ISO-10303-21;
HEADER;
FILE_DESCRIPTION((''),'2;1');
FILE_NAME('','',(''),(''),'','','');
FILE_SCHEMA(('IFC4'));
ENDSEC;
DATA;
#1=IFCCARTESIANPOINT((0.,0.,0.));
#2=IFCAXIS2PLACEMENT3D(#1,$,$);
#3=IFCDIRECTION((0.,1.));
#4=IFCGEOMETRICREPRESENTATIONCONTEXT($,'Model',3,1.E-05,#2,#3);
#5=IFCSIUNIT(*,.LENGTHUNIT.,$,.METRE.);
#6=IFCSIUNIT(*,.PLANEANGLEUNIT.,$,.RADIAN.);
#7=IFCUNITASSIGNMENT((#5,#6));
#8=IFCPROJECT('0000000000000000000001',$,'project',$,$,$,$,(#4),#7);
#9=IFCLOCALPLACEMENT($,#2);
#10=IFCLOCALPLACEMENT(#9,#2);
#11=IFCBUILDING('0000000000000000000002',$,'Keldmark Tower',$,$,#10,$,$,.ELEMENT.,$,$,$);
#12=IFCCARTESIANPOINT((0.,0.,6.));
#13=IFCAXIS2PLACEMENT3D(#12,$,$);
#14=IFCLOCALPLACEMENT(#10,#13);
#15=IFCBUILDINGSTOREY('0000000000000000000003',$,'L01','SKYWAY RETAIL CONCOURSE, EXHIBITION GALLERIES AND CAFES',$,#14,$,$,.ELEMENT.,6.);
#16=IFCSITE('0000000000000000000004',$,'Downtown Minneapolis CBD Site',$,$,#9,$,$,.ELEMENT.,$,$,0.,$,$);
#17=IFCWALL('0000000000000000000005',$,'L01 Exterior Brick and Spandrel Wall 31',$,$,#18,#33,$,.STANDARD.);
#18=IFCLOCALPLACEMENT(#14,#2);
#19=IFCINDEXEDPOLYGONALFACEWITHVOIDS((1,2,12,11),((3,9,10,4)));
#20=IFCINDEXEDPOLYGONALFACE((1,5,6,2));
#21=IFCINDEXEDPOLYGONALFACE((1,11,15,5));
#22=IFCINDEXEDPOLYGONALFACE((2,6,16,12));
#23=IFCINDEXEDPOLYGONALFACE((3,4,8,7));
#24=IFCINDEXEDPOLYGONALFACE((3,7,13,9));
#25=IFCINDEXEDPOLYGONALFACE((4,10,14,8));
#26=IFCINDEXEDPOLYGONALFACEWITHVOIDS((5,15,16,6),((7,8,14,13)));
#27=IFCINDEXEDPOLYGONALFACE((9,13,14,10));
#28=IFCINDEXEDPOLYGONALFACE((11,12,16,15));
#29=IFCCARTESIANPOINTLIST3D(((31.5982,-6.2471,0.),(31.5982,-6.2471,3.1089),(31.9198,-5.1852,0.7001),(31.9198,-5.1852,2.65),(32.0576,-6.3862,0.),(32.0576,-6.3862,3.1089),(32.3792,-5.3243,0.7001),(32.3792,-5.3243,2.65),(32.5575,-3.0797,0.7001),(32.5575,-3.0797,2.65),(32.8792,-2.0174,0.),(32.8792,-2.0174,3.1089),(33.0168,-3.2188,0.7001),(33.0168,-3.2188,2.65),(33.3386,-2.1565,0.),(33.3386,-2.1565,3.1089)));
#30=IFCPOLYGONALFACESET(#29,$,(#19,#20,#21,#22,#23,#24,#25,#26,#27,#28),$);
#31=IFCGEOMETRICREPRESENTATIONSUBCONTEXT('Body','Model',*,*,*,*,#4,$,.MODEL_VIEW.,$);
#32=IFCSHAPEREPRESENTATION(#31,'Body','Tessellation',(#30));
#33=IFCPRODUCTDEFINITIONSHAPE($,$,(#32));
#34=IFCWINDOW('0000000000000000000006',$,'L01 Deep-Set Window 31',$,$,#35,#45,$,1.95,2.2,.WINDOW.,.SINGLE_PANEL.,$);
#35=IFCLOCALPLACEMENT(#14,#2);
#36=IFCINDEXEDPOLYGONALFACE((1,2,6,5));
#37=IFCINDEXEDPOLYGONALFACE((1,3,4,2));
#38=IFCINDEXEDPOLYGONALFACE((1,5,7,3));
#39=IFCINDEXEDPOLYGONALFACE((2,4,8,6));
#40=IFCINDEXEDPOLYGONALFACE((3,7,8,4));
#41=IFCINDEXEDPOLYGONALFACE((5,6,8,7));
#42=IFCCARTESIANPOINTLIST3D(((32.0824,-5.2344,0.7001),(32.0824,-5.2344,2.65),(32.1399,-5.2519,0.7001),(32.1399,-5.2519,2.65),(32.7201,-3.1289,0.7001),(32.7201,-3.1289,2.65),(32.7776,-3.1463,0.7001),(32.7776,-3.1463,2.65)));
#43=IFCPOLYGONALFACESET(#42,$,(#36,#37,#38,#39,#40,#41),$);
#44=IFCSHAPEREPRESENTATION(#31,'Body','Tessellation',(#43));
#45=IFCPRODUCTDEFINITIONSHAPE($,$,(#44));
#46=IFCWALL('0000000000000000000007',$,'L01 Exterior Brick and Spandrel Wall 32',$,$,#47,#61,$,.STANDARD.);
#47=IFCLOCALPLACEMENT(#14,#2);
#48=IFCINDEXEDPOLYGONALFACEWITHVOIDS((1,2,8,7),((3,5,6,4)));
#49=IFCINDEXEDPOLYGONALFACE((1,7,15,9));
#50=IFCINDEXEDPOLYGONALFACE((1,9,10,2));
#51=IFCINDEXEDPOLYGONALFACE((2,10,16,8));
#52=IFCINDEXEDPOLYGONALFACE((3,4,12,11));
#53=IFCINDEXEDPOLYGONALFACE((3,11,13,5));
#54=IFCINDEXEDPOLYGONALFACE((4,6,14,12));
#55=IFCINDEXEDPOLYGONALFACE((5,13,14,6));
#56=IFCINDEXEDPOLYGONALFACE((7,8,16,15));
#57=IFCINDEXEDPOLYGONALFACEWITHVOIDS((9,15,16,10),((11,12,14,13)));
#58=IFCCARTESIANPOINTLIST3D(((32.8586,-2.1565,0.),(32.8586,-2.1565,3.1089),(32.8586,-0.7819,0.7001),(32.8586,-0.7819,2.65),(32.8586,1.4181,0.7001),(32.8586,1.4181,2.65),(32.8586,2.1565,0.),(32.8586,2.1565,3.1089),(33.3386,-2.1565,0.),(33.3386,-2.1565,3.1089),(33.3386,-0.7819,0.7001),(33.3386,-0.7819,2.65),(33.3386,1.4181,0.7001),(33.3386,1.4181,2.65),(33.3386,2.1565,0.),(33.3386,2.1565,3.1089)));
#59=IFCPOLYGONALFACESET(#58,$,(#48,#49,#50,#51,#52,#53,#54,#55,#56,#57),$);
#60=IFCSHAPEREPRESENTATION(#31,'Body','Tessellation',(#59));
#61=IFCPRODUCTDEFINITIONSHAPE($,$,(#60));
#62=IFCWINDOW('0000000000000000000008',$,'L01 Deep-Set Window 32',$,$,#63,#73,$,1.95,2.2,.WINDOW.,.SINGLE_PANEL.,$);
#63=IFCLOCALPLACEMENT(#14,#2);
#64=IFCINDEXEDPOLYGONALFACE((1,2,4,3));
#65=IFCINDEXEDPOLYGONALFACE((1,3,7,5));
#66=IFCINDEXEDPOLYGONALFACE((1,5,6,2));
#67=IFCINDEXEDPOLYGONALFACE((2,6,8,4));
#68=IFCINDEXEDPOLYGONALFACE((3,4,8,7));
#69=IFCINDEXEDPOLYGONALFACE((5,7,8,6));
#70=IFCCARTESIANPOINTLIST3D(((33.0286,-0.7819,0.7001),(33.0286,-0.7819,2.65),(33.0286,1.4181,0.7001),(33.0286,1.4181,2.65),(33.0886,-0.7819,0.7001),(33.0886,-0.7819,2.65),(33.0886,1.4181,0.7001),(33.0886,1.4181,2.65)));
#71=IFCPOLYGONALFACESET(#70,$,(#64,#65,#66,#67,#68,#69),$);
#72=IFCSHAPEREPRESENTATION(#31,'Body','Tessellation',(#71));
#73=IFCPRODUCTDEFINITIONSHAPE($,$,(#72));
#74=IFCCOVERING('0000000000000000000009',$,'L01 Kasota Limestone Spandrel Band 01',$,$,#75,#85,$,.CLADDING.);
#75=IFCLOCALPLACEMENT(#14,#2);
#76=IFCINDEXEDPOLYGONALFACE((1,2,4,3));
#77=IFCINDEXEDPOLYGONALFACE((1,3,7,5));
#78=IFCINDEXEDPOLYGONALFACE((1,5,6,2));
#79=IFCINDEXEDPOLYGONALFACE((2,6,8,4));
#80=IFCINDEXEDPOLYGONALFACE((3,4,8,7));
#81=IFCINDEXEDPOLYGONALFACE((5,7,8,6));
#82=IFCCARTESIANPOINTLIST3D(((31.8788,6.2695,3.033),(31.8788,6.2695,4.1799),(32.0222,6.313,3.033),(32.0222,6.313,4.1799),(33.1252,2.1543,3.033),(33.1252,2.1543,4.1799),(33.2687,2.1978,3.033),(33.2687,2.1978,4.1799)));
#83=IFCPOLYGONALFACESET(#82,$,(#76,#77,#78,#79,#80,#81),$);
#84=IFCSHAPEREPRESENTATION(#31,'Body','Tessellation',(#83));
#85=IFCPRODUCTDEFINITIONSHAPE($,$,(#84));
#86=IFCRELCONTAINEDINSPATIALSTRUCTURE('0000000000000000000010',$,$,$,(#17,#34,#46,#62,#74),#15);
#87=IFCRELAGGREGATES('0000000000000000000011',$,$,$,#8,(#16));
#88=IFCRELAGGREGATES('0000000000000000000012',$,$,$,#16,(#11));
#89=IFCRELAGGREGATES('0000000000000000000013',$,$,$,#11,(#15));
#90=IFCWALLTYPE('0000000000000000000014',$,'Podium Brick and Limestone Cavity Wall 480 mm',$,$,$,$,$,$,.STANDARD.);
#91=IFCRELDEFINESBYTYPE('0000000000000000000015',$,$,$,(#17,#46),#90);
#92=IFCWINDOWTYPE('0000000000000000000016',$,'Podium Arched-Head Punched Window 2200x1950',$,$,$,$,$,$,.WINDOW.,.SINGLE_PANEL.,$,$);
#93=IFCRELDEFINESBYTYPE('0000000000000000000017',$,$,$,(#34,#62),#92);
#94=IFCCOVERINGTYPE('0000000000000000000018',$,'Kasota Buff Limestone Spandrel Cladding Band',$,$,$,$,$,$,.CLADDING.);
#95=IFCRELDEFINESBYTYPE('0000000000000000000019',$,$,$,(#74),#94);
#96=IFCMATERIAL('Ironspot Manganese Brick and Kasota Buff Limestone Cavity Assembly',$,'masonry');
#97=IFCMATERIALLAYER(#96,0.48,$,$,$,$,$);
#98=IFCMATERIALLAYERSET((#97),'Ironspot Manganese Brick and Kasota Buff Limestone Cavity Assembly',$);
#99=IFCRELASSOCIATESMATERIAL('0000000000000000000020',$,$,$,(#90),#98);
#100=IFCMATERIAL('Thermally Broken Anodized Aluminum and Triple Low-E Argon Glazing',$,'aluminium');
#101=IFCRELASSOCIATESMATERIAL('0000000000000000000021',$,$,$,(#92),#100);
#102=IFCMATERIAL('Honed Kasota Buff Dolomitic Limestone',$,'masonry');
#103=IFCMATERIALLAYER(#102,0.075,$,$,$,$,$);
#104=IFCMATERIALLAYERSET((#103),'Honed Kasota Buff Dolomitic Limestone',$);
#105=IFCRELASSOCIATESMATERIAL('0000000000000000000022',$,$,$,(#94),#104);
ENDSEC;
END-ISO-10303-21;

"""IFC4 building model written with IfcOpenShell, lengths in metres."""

from ifc_helpers import new_model, si_unit, direction, frame, frame_2d, origin, origin_2d, place, context, subcontext, project, spatial, rectangle, extrude, material, layer, layer_set, type_object, element, fill, save


model = new_model("IFC4")

# Units and contexts
model_context = context("Model", 3, precision=1e-05, world=origin(), true_north=direction((0.0, 1.0)))
body_context = subcontext(model_context, "Body", "Model", "MODEL_VIEW")
ifc_project = project(units=[si_unit("LENGTHUNIT", "METRE"), si_unit("PLANEANGLEUNIT", "RADIAN")], contexts=[model_context])

# Site, building, storey
site_placement = place(None, origin())
site = spatial("IfcSite", under=ifc_project, at=site_placement, Name="Downtown Minneapolis CBD Site", CompositionType="ELEMENT", RefElevation=0.0)
building_placement = place(site_placement, origin())
building = spatial("IfcBuilding", under=site, at=building_placement, Name="Keldmark Tower", CompositionType="ELEMENT")
storey_placement = place(building_placement, frame((0.0, 0.0, 6.0)))
storey = spatial("IfcBuildingStorey", under=building, at=storey_placement, Name="L01", Description="SKYWAY RETAIL CONCOURSE, EXHIBITION GALLERIES AND CAFES", CompositionType="ELEMENT", Elevation=6.0)

# Walls, openings, windows
ifc_material_1 = material(Name="Ironspot Manganese Brick and Kasota Buff Limestone Cavity Assembly", Category="masonry")
ifc_layer_1 = layer(ifc_material_1, 0.48)
ifc_layer_set_1 = layer_set([ifc_layer_1], Name="Ironspot Manganese Brick and Kasota Buff Limestone Cavity Assembly")
wall_type_1 = type_object("IfcWallType", Name="Podium Brick and Limestone Cavity Wall 480 mm", PredefinedType="STANDARD", material=ifc_layer_set_1)
wall_1_placement = place(storey_placement, frame((33.1089, -2.0869, 0.0), z_axis=(0.0, 0.0, 1.0), x_axis=(-0.289856, -0.95707, 0.0)))
wall_1 = element("IfcWall", 1, at=wall_1_placement, inside=storey, type_object=wall_type_1, Name="L01 Exterior Brick and Spandrel Wall 31", PredefinedType="STANDARD", context=body_context, shape_type="SweptSolid", body=[
    extrude(rectangle(XDim=4.4194, YDim=0.48, at=frame_2d((2.2097, 0.0))), origin(), (0.0, 0.0, 1.0), 3.1089),
])
opening_1_placement = place(wall_1_placement, frame((1.1099, 0.0, 0.7)))
opening_1 = element("IfcOpeningElement", 2, at=opening_1_placement, cuts=wall_1, PredefinedType="OPENING", context=body_context, shape_type="SweptSolid", body=[
    extrude(rectangle(XDim=2.2, YDim=1.95, at=frame_2d((1.1001, 0.9751))), frame((0.0, 0.25, 0.0), z_axis=(0.0, -1.0, 0.0), x_axis=(1.0, 0.0, 0.0)), (0.0, 0.0, 1.0), 0.5),
])
ifc_material_2 = material(Name="Thermally Broken Anodized Aluminum and Triple Low-E Argon Glazing", Category="aluminium")
window_type = type_object("IfcWindowType", Name="Podium Arched-Head Punched Window 2200x1950", PartitioningType="SINGLE_PANEL", PredefinedType="WINDOW", material=ifc_material_2)
window_1_placement = place(opening_1_placement, origin())
window_1 = element("IfcWindow", 3, at=window_1_placement, inside=storey, type_object=window_type, Name="L01 Deep-Set Window 31", OverallHeight=1.95, OverallWidth=2.2, PartitioningType="SINGLE_PANEL", PredefinedType="WINDOW", context=body_context, shape_type="SweptSolid", body=[
    extrude(rectangle(XDim=2.2, YDim=1.95, at=frame_2d((1.1001, 0.9751))), frame((0.0, -0.01, 0.0), z_axis=(0.0, -1.0, 0.0), x_axis=(1.0, 0.0, 0.0)), (0.0, 0.0, 1.0), 0.0601),
])
fill(opening_1, window_1)
wall_2_placement = place(storey_placement, frame((33.0986, 2.1565, 0.0), z_axis=(0.0, 0.0, 1.0), x_axis=(0.0, -1.0, 0.0)))
wall_2 = element("IfcWall", 4, at=wall_2_placement, inside=storey, type_object=wall_type_1, Name="L01 Exterior Brick and Spandrel Wall 32", PredefinedType="STANDARD", context=body_context, shape_type="SweptSolid", body=[
    extrude(rectangle(XDim=4.313, YDim=0.48, at=frame_2d((2.1565, 0.0))), origin(), (0.0, 0.0, 1.0), 3.1089),
])
opening_2_placement = place(wall_2_placement, frame((0.7383, 0.0, 0.7)))
opening_2 = element("IfcOpeningElement", 5, at=opening_2_placement, cuts=wall_2, PredefinedType="OPENING", context=body_context, shape_type="SweptSolid", body=[
    extrude(rectangle(XDim=2.2, YDim=1.95, at=frame_2d((1.1001, 0.9751))), frame((0.0, 0.25, 0.0), z_axis=(0.0, -1.0, 0.0), x_axis=(1.0, 0.0, 0.0)), (0.0, 0.0, 1.0), 0.5),
])
window_2_placement = place(opening_2_placement, origin())
window_2 = element("IfcWindow", 6, at=window_2_placement, inside=storey, type_object=window_type, Name="L01 Deep-Set Window 32", OverallHeight=1.95, OverallWidth=2.2, PartitioningType="SINGLE_PANEL", PredefinedType="WINDOW", context=body_context, shape_type="SweptSolid", body=[
    extrude(rectangle(XDim=2.2, YDim=1.95, at=frame_2d((1.1001, 0.9751))), frame((0.0, -0.01, 0.0), z_axis=(0.0, -1.0, 0.0), x_axis=(1.0, 0.0, 0.0)), (0.0, 0.0, 1.0), 0.0601),
])
fill(opening_2, window_2)

# Covering
ifc_material_3 = material(Name="Honed Kasota Buff Dolomitic Limestone", Category="masonry")
ifc_layer_2 = layer(ifc_material_3, 0.075)
ifc_layer_set_2 = layer_set([ifc_layer_2], Name="Honed Kasota Buff Dolomitic Limestone")
covering_type = type_object("IfcCoveringType", Name="Kasota Buff Limestone Spandrel Cladding Band", PredefinedType="CLADDING", material=ifc_layer_set_2)
covering_placement = place(storey_placement, frame((32.5737, 4.2336, 3.033), z_axis=(0.0, 0.0, 1.0), x_axis=(-0.289884, 0.957062, 0.0)))
element("IfcCovering", 7, at=covering_placement, inside=storey, type_object=covering_type, Name="L01 Kasota Limestone Spandrel Band 01", PredefinedType="CLADDING", context=body_context, shape_type="SweptSolid", body=[
    extrude(rectangle(XDim=4.2998, YDim=0.1499, at=origin_2d()), origin(), (0.0, 0.0, 1.0), 1.147),
])

save(model, "model.ifc")
